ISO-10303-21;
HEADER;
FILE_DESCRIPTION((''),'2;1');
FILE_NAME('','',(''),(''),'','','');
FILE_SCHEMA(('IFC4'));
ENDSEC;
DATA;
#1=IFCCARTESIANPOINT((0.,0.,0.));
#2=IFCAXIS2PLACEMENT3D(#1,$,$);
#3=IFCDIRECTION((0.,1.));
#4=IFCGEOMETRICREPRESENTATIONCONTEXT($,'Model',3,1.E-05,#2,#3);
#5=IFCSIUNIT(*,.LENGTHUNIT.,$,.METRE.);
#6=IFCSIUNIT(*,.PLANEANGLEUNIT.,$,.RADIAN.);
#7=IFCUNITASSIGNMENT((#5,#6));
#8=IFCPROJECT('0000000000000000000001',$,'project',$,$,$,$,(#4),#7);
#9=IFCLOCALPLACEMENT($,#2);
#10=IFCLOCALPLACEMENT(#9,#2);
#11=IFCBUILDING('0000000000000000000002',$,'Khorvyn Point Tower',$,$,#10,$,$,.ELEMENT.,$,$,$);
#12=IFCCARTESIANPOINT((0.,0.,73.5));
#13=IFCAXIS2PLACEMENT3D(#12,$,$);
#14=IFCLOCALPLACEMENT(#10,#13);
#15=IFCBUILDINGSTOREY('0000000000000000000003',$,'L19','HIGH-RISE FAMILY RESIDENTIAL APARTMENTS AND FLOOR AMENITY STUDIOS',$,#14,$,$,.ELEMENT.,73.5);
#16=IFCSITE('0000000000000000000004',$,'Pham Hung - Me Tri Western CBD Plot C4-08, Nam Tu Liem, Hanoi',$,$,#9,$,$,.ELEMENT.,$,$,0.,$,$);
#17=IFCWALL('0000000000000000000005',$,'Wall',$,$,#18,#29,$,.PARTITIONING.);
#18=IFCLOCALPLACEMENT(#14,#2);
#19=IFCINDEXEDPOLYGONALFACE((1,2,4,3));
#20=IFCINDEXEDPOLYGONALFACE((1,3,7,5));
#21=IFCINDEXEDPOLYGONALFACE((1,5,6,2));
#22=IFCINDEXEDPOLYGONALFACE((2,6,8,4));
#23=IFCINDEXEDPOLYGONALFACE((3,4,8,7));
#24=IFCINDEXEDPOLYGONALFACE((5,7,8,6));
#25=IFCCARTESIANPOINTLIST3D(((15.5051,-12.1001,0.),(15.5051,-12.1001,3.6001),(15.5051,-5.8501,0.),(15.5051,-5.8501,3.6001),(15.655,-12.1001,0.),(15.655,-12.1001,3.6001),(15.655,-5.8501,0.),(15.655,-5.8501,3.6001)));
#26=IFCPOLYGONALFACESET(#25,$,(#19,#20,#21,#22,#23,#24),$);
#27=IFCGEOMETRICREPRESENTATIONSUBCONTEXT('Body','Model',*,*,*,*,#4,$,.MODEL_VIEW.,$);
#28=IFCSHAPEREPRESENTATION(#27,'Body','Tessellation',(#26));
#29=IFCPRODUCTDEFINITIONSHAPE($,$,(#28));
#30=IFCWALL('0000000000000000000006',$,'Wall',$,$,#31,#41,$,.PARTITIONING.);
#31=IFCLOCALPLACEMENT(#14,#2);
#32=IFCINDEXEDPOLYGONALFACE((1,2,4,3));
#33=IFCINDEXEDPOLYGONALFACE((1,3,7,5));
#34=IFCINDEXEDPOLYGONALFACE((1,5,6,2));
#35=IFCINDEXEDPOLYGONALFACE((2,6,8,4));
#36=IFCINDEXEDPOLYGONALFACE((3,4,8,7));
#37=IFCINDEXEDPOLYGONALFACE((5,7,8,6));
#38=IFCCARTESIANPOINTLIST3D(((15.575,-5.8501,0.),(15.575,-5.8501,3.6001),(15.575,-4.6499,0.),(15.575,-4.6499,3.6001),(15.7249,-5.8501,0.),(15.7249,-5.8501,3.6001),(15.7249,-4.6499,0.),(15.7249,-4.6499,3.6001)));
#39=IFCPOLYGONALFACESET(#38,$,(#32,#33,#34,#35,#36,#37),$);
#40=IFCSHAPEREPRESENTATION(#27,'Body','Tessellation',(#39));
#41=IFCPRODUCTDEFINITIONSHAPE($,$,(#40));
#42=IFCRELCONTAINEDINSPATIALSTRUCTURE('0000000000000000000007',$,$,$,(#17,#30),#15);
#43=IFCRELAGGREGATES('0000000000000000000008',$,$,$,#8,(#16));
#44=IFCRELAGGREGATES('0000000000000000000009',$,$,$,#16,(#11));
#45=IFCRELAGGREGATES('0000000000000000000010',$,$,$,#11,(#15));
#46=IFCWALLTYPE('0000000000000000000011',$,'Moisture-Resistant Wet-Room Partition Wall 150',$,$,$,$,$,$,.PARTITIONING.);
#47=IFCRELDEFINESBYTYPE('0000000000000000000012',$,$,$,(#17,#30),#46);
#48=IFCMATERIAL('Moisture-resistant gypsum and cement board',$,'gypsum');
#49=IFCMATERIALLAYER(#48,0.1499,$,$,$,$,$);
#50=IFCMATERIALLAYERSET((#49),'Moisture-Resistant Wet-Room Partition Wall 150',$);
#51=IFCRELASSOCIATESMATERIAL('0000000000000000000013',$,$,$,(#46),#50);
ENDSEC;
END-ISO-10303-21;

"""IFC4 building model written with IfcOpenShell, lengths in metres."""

from ifc_helpers import new_model, si_unit, direction, frame, frame_2d, origin, place, context, subcontext, project, spatial, rectangle, extrude, material, layer, layer_set, type_object, element, save


model = new_model("IFC4")

# Units and contexts
model_context = context("Model", 3, precision=1e-05, world=origin(), true_north=direction((0.0, 1.0)))
body_context = subcontext(model_context, "Body", "Model", "MODEL_VIEW")
ifc_project = project(units=[si_unit("LENGTHUNIT", "METRE"), si_unit("PLANEANGLEUNIT", "RADIAN")], contexts=[model_context])

# Site, building, storey
site_placement = place(None, origin())
site = spatial("IfcSite", under=ifc_project, at=site_placement, Name="Pham Hung - Me Tri Western CBD Plot C4-08, Nam Tu Liem, Hanoi", CompositionType="ELEMENT", RefElevation=0.0)
building_placement = place(site_placement, origin())
building = spatial("IfcBuilding", under=site, at=building_placement, Name="Khorvyn Point Tower", CompositionType="ELEMENT")
storey_placement = place(building_placement, frame((0.0, 0.0, 73.5)))
storey = spatial("IfcBuildingStorey", under=building, at=storey_placement, Name="L19", Description="HIGH-RISE FAMILY RESIDENTIAL APARTMENTS AND FLOOR AMENITY STUDIOS", CompositionType="ELEMENT", Elevation=73.5)

# Shared definitions
ifc_material_1 = material(Name="Moisture-resistant gypsum and cement board", Category="gypsum")
ifc_layer_1 = layer(ifc_material_1, 0.1499)
ifc_layer_set_1 = layer_set([ifc_layer_1], Name="Moisture-Resistant Wet-Room Partition Wall 150")
wall_type_1 = type_object("IfcWallType", Name="Moisture-Resistant Wet-Room Partition Wall 150", PredefinedType="PARTITIONING", material=ifc_layer_set_1)

# Walls
wall_1_placement = place(storey_placement, frame((15.5801, -12.1001, 0.0), z_axis=(0.0, 0.0, 1.0), x_axis=(0.0, 1.0, 0.0)))
element("IfcWall", 1, at=wall_1_placement, inside=storey, type_object=wall_type_1, Name="Wall", PredefinedType="PARTITIONING", context=body_context, shape_type="SweptSolid", body=[
    extrude(rectangle(XDim=6.25, YDim=0.1499, at=frame_2d((3.125, 0.0))), origin(), (0.0, 0.0, 1.0), 3.6001),
])
wall_2_placement = place(storey_placement, frame((15.6499, -5.8501, 0.0), z_axis=(0.0, 0.0, 1.0), x_axis=(0.0, 1.0, 0.0)))
element("IfcWall", 2, at=wall_2_placement, inside=storey, type_object=wall_type_1, Name="Wall", PredefinedType="PARTITIONING", context=body_context, shape_type="SweptSolid", body=[
    extrude(rectangle(XDim=1.2002, YDim=0.1499, at=frame_2d((0.6001, 0.0))), origin(), (0.0, 0.0, 1.0), 3.6001),
])

save(model, "model.ifc")
